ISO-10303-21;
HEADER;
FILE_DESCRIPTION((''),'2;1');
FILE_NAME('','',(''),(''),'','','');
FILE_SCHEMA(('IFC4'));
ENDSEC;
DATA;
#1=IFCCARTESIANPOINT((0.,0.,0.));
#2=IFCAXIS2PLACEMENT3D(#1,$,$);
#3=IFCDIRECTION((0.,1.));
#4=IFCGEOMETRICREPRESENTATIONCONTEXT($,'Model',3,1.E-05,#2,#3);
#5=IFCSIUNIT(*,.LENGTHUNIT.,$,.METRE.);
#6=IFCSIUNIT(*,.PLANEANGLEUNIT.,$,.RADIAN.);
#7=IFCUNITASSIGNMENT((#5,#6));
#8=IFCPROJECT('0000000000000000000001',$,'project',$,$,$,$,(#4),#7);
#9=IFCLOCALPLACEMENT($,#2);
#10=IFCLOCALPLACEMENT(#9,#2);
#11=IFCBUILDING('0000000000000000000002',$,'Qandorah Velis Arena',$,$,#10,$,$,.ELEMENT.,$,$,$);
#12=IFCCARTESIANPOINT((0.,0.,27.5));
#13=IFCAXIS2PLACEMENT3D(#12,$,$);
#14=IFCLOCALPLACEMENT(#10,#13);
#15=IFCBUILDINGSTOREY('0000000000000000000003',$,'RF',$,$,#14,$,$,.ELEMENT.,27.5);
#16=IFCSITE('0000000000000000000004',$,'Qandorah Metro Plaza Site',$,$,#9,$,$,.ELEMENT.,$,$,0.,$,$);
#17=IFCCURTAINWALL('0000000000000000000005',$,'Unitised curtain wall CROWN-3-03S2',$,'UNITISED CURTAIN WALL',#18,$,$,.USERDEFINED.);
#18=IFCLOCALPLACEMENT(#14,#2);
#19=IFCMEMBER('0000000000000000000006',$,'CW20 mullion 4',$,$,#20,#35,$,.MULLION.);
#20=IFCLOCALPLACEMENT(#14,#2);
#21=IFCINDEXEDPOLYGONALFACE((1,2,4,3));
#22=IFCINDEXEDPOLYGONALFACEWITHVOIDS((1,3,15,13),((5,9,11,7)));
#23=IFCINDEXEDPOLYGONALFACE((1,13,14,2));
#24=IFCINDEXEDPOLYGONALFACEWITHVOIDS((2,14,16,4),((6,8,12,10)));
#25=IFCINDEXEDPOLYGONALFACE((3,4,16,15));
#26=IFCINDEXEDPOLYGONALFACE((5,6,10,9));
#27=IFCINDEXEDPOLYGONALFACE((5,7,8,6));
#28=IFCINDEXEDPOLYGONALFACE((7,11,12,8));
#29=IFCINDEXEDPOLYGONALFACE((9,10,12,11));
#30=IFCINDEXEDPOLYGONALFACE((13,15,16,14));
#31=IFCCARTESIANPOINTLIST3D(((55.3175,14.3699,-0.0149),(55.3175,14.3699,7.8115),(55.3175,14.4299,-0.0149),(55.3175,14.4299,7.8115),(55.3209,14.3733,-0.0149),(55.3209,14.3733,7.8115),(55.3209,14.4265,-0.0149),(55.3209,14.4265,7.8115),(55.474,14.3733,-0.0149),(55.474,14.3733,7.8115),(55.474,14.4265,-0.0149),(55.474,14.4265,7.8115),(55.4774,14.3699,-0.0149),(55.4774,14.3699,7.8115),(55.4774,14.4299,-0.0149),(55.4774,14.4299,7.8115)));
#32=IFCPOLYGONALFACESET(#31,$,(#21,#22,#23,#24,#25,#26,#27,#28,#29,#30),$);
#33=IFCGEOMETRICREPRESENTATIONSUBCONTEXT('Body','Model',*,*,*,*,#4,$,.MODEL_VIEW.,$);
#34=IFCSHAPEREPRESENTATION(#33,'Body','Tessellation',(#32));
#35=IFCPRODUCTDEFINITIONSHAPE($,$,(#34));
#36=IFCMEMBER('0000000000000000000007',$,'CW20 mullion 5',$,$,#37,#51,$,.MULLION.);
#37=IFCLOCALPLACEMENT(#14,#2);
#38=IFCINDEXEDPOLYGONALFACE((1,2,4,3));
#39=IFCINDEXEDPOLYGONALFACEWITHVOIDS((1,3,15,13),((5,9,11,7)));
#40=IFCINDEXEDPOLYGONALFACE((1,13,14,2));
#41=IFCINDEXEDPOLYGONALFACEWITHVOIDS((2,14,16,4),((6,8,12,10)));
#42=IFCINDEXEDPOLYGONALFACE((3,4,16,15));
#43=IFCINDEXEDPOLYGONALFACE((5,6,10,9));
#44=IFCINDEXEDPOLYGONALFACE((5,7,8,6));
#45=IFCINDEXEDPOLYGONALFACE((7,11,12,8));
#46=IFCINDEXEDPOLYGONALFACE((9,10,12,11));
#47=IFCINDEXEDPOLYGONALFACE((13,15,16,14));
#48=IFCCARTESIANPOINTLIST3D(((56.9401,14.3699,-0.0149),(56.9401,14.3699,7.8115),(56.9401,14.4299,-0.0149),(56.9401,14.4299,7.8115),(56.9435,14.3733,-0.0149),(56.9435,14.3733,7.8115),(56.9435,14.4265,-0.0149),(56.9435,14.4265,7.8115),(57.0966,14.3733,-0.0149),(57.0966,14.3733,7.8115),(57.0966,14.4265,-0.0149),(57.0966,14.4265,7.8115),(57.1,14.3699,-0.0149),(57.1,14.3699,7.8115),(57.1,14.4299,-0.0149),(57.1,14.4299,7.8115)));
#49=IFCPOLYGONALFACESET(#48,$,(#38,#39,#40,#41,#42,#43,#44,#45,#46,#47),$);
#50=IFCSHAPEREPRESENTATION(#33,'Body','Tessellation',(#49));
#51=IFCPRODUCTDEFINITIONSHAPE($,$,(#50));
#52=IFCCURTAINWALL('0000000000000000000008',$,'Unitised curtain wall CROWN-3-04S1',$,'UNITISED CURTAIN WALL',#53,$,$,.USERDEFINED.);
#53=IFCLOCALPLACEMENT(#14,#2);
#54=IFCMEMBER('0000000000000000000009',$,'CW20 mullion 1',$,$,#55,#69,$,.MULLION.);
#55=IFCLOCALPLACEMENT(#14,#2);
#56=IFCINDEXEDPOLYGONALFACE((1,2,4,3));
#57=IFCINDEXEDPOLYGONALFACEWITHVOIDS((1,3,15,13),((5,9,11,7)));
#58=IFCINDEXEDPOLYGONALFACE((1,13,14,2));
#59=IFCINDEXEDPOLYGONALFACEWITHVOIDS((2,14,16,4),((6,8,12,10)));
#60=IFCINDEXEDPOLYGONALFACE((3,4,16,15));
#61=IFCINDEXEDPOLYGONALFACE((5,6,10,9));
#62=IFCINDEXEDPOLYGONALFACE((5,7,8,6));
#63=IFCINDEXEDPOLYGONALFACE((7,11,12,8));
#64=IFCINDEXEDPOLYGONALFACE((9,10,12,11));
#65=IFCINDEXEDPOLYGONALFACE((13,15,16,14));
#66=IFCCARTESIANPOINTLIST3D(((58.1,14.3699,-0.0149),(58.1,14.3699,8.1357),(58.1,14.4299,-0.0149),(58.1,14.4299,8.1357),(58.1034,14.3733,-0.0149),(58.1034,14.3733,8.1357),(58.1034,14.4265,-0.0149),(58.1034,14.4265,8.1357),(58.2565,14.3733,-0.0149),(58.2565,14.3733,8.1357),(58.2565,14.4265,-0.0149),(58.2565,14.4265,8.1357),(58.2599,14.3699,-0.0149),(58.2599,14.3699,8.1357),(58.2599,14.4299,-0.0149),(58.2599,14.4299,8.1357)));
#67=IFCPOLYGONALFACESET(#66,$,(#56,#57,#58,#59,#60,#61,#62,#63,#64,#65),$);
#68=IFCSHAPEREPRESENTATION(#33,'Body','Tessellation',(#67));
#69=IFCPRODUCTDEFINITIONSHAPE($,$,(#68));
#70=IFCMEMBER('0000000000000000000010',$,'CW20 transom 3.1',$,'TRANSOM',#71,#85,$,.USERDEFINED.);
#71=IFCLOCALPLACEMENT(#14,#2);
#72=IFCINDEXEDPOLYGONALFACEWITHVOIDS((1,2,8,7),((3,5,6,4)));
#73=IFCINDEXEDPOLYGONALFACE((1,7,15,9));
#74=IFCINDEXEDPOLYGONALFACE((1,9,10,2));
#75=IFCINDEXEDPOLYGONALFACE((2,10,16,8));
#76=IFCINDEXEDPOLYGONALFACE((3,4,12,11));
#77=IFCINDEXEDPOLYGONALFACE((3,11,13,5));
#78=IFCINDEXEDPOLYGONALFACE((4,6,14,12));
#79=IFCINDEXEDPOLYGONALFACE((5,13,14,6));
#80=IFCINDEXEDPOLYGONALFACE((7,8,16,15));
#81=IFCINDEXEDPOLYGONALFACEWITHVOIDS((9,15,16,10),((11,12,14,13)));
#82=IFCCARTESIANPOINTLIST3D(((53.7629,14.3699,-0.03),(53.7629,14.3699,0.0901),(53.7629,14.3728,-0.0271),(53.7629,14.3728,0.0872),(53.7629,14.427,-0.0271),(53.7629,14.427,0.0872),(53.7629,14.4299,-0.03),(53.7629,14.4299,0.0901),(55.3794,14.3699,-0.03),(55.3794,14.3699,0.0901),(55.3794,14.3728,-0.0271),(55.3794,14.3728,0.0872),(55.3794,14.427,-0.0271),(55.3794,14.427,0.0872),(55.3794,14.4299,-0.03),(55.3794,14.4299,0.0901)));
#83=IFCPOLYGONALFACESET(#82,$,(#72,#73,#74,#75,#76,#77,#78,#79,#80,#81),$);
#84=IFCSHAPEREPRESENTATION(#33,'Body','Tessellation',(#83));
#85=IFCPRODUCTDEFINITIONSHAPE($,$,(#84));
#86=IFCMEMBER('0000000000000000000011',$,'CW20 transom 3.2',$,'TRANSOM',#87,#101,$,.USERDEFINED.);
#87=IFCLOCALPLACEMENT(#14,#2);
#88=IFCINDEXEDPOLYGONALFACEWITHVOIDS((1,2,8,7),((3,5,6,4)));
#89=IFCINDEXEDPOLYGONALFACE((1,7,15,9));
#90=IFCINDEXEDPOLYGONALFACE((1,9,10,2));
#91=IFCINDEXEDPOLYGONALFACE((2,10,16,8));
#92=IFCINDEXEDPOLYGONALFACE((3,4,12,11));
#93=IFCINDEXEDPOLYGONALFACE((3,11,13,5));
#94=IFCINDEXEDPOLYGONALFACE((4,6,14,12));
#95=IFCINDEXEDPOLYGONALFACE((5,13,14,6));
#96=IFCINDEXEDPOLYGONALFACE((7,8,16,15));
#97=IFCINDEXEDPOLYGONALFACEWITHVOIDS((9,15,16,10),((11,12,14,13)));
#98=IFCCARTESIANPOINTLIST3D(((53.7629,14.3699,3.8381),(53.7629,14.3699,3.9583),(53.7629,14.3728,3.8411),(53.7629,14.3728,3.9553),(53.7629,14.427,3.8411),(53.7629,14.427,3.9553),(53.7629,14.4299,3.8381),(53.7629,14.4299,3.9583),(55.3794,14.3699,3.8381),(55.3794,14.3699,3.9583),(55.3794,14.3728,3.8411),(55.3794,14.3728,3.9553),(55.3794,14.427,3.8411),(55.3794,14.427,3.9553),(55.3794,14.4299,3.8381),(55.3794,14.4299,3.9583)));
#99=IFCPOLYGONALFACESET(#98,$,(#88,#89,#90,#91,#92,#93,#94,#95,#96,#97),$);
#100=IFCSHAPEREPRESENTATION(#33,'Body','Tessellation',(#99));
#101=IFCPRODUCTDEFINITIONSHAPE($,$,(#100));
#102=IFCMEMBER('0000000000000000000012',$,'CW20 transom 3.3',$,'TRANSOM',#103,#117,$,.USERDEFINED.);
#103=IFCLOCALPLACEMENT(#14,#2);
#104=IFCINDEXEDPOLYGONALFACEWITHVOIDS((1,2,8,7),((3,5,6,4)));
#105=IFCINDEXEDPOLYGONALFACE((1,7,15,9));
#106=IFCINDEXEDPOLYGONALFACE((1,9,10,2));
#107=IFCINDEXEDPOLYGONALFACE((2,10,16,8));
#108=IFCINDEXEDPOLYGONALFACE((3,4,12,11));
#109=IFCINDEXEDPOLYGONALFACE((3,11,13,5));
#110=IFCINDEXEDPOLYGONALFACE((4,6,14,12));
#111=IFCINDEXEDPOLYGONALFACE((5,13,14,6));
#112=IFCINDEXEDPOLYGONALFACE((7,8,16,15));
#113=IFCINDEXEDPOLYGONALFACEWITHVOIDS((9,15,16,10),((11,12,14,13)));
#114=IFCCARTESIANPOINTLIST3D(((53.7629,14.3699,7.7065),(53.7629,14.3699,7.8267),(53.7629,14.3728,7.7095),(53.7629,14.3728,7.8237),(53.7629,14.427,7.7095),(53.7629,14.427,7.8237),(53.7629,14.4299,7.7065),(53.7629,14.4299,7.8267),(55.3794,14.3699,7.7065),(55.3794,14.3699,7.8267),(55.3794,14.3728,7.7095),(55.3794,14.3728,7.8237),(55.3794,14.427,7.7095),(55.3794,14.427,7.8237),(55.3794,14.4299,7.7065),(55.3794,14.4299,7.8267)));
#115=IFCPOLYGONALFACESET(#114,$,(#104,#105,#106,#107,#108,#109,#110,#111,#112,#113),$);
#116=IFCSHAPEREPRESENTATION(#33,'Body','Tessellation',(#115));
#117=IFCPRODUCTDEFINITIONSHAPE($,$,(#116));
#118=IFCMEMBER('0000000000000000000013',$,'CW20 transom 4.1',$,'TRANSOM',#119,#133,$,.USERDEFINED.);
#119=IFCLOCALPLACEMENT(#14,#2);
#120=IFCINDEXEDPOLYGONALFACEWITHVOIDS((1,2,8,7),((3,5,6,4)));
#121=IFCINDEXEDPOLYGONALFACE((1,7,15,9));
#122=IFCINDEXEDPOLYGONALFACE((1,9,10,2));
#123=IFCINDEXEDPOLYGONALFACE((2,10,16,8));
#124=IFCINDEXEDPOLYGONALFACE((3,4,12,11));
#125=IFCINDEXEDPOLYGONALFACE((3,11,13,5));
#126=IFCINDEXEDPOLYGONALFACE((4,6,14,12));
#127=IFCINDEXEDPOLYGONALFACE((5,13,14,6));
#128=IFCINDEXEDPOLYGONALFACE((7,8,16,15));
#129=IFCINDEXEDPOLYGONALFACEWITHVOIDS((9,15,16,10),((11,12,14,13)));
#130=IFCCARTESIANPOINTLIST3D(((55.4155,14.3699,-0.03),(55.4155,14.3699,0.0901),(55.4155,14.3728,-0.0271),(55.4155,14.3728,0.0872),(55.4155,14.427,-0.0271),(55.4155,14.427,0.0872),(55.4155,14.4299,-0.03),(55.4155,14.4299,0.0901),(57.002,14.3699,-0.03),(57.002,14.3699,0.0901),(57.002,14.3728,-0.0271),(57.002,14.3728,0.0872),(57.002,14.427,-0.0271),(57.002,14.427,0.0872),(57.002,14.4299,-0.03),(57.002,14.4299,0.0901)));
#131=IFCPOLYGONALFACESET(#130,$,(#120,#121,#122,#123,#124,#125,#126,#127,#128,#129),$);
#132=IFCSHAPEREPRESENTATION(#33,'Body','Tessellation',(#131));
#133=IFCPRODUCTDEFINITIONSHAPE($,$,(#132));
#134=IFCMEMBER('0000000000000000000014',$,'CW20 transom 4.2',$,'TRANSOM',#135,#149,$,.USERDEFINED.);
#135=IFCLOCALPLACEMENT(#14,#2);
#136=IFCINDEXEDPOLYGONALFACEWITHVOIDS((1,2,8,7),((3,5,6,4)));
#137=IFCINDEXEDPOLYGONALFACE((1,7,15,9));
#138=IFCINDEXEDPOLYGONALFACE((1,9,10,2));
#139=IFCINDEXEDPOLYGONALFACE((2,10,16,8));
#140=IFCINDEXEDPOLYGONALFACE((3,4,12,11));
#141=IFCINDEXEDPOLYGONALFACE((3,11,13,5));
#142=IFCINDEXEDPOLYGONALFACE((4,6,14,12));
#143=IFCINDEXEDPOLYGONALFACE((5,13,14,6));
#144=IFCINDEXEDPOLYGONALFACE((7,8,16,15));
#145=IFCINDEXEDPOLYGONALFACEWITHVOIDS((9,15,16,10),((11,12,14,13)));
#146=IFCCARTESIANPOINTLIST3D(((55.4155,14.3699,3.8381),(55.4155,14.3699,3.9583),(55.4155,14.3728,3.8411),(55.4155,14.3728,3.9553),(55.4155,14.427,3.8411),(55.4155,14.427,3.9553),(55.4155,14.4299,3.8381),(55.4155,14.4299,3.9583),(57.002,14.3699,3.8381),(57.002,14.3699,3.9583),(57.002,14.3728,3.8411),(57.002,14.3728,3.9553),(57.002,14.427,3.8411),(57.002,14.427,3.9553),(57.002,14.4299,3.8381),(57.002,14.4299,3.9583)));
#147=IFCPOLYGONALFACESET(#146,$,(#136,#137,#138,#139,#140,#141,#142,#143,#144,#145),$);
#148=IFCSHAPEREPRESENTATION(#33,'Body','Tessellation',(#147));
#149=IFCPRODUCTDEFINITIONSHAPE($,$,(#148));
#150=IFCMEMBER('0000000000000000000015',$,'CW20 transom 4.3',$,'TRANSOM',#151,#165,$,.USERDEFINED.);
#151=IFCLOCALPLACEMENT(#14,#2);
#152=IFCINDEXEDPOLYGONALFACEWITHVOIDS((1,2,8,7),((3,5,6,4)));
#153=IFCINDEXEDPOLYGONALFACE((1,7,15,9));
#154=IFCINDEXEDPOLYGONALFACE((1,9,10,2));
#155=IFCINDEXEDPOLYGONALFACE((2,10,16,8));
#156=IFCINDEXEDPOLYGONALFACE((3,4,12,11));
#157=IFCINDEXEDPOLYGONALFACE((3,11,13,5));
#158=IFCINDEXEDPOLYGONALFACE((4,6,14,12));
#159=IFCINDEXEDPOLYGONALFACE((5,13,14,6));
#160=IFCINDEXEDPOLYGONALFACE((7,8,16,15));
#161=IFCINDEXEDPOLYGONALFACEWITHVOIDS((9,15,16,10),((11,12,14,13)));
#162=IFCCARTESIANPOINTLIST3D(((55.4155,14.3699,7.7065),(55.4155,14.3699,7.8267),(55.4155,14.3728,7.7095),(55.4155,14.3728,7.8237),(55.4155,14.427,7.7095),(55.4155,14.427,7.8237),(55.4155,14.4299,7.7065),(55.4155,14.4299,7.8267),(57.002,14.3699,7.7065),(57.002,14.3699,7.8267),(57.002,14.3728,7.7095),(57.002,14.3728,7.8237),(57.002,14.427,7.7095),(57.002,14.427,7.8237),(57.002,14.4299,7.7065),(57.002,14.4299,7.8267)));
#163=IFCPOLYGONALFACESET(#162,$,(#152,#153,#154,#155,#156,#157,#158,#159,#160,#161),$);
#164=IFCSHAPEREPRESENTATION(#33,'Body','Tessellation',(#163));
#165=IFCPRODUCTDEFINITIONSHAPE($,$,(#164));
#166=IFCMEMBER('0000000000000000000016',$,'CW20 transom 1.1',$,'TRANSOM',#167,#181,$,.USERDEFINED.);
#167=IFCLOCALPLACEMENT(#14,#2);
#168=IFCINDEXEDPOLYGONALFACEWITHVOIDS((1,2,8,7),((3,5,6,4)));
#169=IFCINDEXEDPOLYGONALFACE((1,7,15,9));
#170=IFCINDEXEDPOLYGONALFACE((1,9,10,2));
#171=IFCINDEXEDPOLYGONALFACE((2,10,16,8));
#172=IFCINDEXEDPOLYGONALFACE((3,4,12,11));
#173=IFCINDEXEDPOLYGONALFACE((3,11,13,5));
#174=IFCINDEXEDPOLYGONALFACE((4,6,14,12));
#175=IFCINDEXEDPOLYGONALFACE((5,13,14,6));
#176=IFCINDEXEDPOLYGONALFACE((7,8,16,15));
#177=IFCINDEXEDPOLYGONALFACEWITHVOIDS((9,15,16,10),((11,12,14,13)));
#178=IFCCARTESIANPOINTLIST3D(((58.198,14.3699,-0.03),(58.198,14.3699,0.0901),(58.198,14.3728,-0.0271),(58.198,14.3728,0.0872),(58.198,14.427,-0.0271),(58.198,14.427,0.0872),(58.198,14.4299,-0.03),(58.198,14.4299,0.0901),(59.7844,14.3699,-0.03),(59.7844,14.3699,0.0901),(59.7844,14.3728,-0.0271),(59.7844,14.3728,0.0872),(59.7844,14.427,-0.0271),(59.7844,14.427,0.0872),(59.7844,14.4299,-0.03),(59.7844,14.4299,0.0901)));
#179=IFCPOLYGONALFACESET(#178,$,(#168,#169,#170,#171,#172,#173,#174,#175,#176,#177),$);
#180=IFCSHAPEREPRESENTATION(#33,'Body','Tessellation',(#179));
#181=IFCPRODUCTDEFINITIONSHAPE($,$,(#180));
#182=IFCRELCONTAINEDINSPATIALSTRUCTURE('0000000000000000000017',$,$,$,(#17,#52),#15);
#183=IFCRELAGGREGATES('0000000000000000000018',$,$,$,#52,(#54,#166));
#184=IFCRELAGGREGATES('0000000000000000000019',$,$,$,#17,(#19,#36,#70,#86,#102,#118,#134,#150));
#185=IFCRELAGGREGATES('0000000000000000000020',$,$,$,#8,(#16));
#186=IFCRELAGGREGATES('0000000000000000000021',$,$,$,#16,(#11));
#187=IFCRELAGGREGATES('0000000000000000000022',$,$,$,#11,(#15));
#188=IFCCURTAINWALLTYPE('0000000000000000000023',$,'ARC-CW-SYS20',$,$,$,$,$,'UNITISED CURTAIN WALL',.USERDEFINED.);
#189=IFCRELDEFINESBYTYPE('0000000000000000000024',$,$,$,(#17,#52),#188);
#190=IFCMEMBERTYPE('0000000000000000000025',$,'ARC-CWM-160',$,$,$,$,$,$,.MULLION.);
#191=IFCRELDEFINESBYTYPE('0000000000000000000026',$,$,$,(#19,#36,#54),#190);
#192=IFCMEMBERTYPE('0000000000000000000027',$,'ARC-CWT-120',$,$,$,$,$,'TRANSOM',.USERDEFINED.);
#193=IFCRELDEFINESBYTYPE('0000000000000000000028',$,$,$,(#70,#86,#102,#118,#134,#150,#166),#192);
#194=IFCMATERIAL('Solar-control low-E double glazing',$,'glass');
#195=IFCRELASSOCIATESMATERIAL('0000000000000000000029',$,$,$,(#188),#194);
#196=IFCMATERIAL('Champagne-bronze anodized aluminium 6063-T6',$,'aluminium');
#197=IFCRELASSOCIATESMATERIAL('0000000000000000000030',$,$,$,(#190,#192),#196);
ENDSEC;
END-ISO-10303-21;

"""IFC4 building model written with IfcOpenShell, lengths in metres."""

from ifc_helpers import new_model, si_unit, direction, frame, origin, origin_2d, place, context, subcontext, project, spatial, hollow_rectangle, extrude, material, material_profile, profile_set, type_object, element, aggregate, save


model = new_model("IFC4")

# Units and contexts
model_context = context("Model", 3, precision=1e-05, world=origin(), true_north=direction((0.0, 1.0)))
body_context = subcontext(model_context, "Body", "Model", "MODEL_VIEW")
ifc_project = project(units=[si_unit("LENGTHUNIT", "METRE"), si_unit("PLANEANGLEUNIT", "RADIAN")], contexts=[model_context])

# Site, building, storey
site_placement = place(None, origin())
site = spatial("IfcSite", under=ifc_project, at=site_placement, Name="Qandorah Metro Plaza Site", CompositionType="ELEMENT", RefElevation=0.0)
building_placement = place(site_placement, origin())
building = spatial("IfcBuilding", under=site, at=building_placement, Name="Qandorah Velis Arena", CompositionType="ELEMENT")
storey_placement = place(building_placement, frame((0.0, 0.0, 27.5)))
storey = spatial("IfcBuildingStorey", under=building, at=storey_placement, Name="RF", CompositionType="ELEMENT", Elevation=27.5)

# Curtain wall, members
ifc_material_1 = material(Name="Solar-control low-E double glazing", Category="glass")
curtain_wall_type = type_object("IfcCurtainWallType", Name="ARC-CW-SYS20", ElementType="UNITISED CURTAIN WALL", PredefinedType="USERDEFINED", material=ifc_material_1)
curtain_wall_1_placement = place(storey_placement, origin())
curtain_wall_1 = element("IfcCurtainWall", 1, at=curtain_wall_1_placement, inside=storey, type_object=curtain_wall_type, Name="Unitised curtain wall CROWN-3-03S2", ObjectType="UNITISED CURTAIN WALL", PredefinedType="USERDEFINED")
ifc_material_2 = material(Name="Champagne-bronze anodized aluminium 6063-T6", Category="aluminium")
ifc_material_profile_1 = material_profile(ifc_material_2, hollow_rectangle(XDim=0.0601, YDim=0.1599, WallThickness=0.0034, at=origin_2d()), Name="ALU MULLION 60x160")
ifc_profile_set_1 = profile_set([ifc_material_profile_1], Name="Champagne-bronze anodized aluminium 6063-T6")
member_type_1 = type_object("IfcMemberType", Name="ARC-CWM-160", PredefinedType="MULLION", material=ifc_profile_set_1)
member_1_placement = place(storey_placement, frame((55.3975, 14.3999, -0.0149), z_axis=(0.0, 0.0, 1.0), x_axis=(0.0, 1.0, 0.0)))
member_1 = element("IfcMember", 2, at=member_1_placement, type_object=member_type_1, Name="CW20 mullion 4", PredefinedType="MULLION", context=body_context, shape_type="SweptSolid", body=[
    extrude(hollow_rectangle(XDim=0.0601, YDim=0.1599, WallThickness=0.0034, at=origin_2d()), origin(), (0.0, 0.0, 1.0), 7.8264),
])
member_2_placement = place(storey_placement, frame((57.02, 14.3999, -0.0149), z_axis=(0.0, 0.0, 1.0), x_axis=(0.0, 1.0, 0.0)))
member_2 = element("IfcMember", 3, at=member_2_placement, type_object=member_type_1, Name="CW20 mullion 5", PredefinedType="MULLION", context=body_context, shape_type="SweptSolid", body=[
    extrude(hollow_rectangle(XDim=0.0601, YDim=0.1599, WallThickness=0.0034, at=origin_2d()), origin(), (0.0, 0.0, 1.0), 7.8264),
])

# Curtain wall, member
curtain_wall_2_placement = place(storey_placement, origin())
curtain_wall_2 = element("IfcCurtainWall", 4, at=curtain_wall_2_placement, inside=storey, type_object=curtain_wall_type, Name="Unitised curtain wall CROWN-3-04S1", ObjectType="UNITISED CURTAIN WALL", PredefinedType="USERDEFINED")
member_3_placement = place(storey_placement, frame((58.1799, 14.3999, -0.0149), z_axis=(0.0, 0.0, 1.0), x_axis=(0.0, 1.0, 0.0)))
member_3 = element("IfcMember", 5, at=member_3_placement, type_object=member_type_1, Name="CW20 mullion 1", PredefinedType="MULLION", context=body_context, shape_type="SweptSolid", body=[
    extrude(hollow_rectangle(XDim=0.0601, YDim=0.1599, WallThickness=0.0034, at=origin_2d()), origin(), (0.0, 0.0, 1.0), 8.1506),
])

# Members
ifc_material_profile_2 = material_profile(ifc_material_2, hollow_rectangle(XDim=0.0601, YDim=0.1201, WallThickness=0.0029, at=origin_2d()), Name="ALU TRANSOM 60x120")
ifc_profile_set_2 = profile_set([ifc_material_profile_2], Name="Champagne-bronze anodized aluminium 6063-T6")
member_type_2 = type_object("IfcMemberType", Name="ARC-CWT-120", ElementType="TRANSOM", PredefinedType="USERDEFINED", material=ifc_profile_set_2)
member_4_placement = place(storey_placement, frame((53.7629, 14.3999, 0.03), z_axis=(1.0, 0.0, 0.0), x_axis=(0.0, 1.0, 0.0)))
member_4 = element("IfcMember", 6, at=member_4_placement, type_object=member_type_2, Name="CW20 transom 3.1", ObjectType="TRANSOM", PredefinedType="USERDEFINED", context=body_context, shape_type="SweptSolid", body=[
    extrude(hollow_rectangle(XDim=0.0601, YDim=0.1201, WallThickness=0.0029, at=origin_2d()), origin(), (0.0, 0.0, 1.0), 1.6165),
])
member_5_placement = place(storey_placement, frame((53.7629, 14.3999, 3.8982), z_axis=(1.0, 0.0, 0.0), x_axis=(0.0, 1.0, 0.0)))
member_5 = element("IfcMember", 7, at=member_5_placement, type_object=member_type_2, Name="CW20 transom 3.2", ObjectType="TRANSOM", PredefinedType="USERDEFINED", context=body_context, shape_type="SweptSolid", body=[
    extrude(hollow_rectangle(XDim=0.0601, YDim=0.1201, WallThickness=0.0029, at=origin_2d()), origin(), (0.0, 0.0, 1.0), 1.6165),
])
member_6_placement = place(storey_placement, frame((53.7629, 14.3999, 7.7666), z_axis=(1.0, 0.0, 0.0), x_axis=(0.0, 1.0, 0.0)))
member_6 = element("IfcMember", 8, at=member_6_placement, type_object=member_type_2, Name="CW20 transom 3.3", ObjectType="TRANSOM", PredefinedType="USERDEFINED", context=body_context, shape_type="SweptSolid", body=[
    extrude(hollow_rectangle(XDim=0.0601, YDim=0.1201, WallThickness=0.0029, at=origin_2d()), origin(), (0.0, 0.0, 1.0), 1.6165),
])
member_7_placement = place(storey_placement, frame((55.4155, 14.3999, 0.03), z_axis=(1.0, 0.0, 0.0), x_axis=(0.0, 1.0, 0.0)))
member_7 = element("IfcMember", 9, at=member_7_placement, type_object=member_type_2, Name="CW20 transom 4.1", ObjectType="TRANSOM", PredefinedType="USERDEFINED", context=body_context, shape_type="SweptSolid", body=[
    extrude(hollow_rectangle(XDim=0.0601, YDim=0.1201, WallThickness=0.0029, at=origin_2d()), origin(), (0.0, 0.0, 1.0), 1.5864),
])
member_8_placement = place(storey_placement, frame((55.4155, 14.3999, 3.8982), z_axis=(1.0, 0.0, 0.0), x_axis=(0.0, 1.0, 0.0)))
member_8 = element("IfcMember", 10, at=member_8_placement, type_object=member_type_2, Name="CW20 transom 4.2", ObjectType="TRANSOM", PredefinedType="USERDEFINED", context=body_context, shape_type="SweptSolid", body=[
    extrude(hollow_rectangle(XDim=0.0601, YDim=0.1201, WallThickness=0.0029, at=origin_2d()), origin(), (0.0, 0.0, 1.0), 1.5864),
])
member_9_placement = place(storey_placement, frame((55.4155, 14.3999, 7.7666), z_axis=(1.0, 0.0, 0.0), x_axis=(0.0, 1.0, 0.0)))
member_9 = element("IfcMember", 11, at=member_9_placement, type_object=member_type_2, Name="CW20 transom 4.3", ObjectType="TRANSOM", PredefinedType="USERDEFINED", context=body_context, shape_type="SweptSolid", body=[
    extrude(hollow_rectangle(XDim=0.0601, YDim=0.1201, WallThickness=0.0029, at=origin_2d()), origin(), (0.0, 0.0, 1.0), 1.5864),
])
member_10_placement = place(storey_placement, frame((58.198, 14.3999, 0.03), z_axis=(1.0, 0.0, 0.0), x_axis=(0.0, 1.0, 0.0)))
member_10 = element("IfcMember", 12, at=member_10_placement, type_object=member_type_2, Name="CW20 transom 1.1", ObjectType="TRANSOM", PredefinedType="USERDEFINED", context=body_context, shape_type="SweptSolid", body=[
    extrude(hollow_rectangle(XDim=0.0601, YDim=0.1201, WallThickness=0.0029, at=origin_2d()), origin(), (0.0, 0.0, 1.0), 1.5864),
])
aggregate(curtain_wall_2, [member_3, member_10])

aggregate(curtain_wall_1, [member_1, member_2, member_4, member_5, member_6, member_7, member_8, member_9])

save(model, "model.ifc")
